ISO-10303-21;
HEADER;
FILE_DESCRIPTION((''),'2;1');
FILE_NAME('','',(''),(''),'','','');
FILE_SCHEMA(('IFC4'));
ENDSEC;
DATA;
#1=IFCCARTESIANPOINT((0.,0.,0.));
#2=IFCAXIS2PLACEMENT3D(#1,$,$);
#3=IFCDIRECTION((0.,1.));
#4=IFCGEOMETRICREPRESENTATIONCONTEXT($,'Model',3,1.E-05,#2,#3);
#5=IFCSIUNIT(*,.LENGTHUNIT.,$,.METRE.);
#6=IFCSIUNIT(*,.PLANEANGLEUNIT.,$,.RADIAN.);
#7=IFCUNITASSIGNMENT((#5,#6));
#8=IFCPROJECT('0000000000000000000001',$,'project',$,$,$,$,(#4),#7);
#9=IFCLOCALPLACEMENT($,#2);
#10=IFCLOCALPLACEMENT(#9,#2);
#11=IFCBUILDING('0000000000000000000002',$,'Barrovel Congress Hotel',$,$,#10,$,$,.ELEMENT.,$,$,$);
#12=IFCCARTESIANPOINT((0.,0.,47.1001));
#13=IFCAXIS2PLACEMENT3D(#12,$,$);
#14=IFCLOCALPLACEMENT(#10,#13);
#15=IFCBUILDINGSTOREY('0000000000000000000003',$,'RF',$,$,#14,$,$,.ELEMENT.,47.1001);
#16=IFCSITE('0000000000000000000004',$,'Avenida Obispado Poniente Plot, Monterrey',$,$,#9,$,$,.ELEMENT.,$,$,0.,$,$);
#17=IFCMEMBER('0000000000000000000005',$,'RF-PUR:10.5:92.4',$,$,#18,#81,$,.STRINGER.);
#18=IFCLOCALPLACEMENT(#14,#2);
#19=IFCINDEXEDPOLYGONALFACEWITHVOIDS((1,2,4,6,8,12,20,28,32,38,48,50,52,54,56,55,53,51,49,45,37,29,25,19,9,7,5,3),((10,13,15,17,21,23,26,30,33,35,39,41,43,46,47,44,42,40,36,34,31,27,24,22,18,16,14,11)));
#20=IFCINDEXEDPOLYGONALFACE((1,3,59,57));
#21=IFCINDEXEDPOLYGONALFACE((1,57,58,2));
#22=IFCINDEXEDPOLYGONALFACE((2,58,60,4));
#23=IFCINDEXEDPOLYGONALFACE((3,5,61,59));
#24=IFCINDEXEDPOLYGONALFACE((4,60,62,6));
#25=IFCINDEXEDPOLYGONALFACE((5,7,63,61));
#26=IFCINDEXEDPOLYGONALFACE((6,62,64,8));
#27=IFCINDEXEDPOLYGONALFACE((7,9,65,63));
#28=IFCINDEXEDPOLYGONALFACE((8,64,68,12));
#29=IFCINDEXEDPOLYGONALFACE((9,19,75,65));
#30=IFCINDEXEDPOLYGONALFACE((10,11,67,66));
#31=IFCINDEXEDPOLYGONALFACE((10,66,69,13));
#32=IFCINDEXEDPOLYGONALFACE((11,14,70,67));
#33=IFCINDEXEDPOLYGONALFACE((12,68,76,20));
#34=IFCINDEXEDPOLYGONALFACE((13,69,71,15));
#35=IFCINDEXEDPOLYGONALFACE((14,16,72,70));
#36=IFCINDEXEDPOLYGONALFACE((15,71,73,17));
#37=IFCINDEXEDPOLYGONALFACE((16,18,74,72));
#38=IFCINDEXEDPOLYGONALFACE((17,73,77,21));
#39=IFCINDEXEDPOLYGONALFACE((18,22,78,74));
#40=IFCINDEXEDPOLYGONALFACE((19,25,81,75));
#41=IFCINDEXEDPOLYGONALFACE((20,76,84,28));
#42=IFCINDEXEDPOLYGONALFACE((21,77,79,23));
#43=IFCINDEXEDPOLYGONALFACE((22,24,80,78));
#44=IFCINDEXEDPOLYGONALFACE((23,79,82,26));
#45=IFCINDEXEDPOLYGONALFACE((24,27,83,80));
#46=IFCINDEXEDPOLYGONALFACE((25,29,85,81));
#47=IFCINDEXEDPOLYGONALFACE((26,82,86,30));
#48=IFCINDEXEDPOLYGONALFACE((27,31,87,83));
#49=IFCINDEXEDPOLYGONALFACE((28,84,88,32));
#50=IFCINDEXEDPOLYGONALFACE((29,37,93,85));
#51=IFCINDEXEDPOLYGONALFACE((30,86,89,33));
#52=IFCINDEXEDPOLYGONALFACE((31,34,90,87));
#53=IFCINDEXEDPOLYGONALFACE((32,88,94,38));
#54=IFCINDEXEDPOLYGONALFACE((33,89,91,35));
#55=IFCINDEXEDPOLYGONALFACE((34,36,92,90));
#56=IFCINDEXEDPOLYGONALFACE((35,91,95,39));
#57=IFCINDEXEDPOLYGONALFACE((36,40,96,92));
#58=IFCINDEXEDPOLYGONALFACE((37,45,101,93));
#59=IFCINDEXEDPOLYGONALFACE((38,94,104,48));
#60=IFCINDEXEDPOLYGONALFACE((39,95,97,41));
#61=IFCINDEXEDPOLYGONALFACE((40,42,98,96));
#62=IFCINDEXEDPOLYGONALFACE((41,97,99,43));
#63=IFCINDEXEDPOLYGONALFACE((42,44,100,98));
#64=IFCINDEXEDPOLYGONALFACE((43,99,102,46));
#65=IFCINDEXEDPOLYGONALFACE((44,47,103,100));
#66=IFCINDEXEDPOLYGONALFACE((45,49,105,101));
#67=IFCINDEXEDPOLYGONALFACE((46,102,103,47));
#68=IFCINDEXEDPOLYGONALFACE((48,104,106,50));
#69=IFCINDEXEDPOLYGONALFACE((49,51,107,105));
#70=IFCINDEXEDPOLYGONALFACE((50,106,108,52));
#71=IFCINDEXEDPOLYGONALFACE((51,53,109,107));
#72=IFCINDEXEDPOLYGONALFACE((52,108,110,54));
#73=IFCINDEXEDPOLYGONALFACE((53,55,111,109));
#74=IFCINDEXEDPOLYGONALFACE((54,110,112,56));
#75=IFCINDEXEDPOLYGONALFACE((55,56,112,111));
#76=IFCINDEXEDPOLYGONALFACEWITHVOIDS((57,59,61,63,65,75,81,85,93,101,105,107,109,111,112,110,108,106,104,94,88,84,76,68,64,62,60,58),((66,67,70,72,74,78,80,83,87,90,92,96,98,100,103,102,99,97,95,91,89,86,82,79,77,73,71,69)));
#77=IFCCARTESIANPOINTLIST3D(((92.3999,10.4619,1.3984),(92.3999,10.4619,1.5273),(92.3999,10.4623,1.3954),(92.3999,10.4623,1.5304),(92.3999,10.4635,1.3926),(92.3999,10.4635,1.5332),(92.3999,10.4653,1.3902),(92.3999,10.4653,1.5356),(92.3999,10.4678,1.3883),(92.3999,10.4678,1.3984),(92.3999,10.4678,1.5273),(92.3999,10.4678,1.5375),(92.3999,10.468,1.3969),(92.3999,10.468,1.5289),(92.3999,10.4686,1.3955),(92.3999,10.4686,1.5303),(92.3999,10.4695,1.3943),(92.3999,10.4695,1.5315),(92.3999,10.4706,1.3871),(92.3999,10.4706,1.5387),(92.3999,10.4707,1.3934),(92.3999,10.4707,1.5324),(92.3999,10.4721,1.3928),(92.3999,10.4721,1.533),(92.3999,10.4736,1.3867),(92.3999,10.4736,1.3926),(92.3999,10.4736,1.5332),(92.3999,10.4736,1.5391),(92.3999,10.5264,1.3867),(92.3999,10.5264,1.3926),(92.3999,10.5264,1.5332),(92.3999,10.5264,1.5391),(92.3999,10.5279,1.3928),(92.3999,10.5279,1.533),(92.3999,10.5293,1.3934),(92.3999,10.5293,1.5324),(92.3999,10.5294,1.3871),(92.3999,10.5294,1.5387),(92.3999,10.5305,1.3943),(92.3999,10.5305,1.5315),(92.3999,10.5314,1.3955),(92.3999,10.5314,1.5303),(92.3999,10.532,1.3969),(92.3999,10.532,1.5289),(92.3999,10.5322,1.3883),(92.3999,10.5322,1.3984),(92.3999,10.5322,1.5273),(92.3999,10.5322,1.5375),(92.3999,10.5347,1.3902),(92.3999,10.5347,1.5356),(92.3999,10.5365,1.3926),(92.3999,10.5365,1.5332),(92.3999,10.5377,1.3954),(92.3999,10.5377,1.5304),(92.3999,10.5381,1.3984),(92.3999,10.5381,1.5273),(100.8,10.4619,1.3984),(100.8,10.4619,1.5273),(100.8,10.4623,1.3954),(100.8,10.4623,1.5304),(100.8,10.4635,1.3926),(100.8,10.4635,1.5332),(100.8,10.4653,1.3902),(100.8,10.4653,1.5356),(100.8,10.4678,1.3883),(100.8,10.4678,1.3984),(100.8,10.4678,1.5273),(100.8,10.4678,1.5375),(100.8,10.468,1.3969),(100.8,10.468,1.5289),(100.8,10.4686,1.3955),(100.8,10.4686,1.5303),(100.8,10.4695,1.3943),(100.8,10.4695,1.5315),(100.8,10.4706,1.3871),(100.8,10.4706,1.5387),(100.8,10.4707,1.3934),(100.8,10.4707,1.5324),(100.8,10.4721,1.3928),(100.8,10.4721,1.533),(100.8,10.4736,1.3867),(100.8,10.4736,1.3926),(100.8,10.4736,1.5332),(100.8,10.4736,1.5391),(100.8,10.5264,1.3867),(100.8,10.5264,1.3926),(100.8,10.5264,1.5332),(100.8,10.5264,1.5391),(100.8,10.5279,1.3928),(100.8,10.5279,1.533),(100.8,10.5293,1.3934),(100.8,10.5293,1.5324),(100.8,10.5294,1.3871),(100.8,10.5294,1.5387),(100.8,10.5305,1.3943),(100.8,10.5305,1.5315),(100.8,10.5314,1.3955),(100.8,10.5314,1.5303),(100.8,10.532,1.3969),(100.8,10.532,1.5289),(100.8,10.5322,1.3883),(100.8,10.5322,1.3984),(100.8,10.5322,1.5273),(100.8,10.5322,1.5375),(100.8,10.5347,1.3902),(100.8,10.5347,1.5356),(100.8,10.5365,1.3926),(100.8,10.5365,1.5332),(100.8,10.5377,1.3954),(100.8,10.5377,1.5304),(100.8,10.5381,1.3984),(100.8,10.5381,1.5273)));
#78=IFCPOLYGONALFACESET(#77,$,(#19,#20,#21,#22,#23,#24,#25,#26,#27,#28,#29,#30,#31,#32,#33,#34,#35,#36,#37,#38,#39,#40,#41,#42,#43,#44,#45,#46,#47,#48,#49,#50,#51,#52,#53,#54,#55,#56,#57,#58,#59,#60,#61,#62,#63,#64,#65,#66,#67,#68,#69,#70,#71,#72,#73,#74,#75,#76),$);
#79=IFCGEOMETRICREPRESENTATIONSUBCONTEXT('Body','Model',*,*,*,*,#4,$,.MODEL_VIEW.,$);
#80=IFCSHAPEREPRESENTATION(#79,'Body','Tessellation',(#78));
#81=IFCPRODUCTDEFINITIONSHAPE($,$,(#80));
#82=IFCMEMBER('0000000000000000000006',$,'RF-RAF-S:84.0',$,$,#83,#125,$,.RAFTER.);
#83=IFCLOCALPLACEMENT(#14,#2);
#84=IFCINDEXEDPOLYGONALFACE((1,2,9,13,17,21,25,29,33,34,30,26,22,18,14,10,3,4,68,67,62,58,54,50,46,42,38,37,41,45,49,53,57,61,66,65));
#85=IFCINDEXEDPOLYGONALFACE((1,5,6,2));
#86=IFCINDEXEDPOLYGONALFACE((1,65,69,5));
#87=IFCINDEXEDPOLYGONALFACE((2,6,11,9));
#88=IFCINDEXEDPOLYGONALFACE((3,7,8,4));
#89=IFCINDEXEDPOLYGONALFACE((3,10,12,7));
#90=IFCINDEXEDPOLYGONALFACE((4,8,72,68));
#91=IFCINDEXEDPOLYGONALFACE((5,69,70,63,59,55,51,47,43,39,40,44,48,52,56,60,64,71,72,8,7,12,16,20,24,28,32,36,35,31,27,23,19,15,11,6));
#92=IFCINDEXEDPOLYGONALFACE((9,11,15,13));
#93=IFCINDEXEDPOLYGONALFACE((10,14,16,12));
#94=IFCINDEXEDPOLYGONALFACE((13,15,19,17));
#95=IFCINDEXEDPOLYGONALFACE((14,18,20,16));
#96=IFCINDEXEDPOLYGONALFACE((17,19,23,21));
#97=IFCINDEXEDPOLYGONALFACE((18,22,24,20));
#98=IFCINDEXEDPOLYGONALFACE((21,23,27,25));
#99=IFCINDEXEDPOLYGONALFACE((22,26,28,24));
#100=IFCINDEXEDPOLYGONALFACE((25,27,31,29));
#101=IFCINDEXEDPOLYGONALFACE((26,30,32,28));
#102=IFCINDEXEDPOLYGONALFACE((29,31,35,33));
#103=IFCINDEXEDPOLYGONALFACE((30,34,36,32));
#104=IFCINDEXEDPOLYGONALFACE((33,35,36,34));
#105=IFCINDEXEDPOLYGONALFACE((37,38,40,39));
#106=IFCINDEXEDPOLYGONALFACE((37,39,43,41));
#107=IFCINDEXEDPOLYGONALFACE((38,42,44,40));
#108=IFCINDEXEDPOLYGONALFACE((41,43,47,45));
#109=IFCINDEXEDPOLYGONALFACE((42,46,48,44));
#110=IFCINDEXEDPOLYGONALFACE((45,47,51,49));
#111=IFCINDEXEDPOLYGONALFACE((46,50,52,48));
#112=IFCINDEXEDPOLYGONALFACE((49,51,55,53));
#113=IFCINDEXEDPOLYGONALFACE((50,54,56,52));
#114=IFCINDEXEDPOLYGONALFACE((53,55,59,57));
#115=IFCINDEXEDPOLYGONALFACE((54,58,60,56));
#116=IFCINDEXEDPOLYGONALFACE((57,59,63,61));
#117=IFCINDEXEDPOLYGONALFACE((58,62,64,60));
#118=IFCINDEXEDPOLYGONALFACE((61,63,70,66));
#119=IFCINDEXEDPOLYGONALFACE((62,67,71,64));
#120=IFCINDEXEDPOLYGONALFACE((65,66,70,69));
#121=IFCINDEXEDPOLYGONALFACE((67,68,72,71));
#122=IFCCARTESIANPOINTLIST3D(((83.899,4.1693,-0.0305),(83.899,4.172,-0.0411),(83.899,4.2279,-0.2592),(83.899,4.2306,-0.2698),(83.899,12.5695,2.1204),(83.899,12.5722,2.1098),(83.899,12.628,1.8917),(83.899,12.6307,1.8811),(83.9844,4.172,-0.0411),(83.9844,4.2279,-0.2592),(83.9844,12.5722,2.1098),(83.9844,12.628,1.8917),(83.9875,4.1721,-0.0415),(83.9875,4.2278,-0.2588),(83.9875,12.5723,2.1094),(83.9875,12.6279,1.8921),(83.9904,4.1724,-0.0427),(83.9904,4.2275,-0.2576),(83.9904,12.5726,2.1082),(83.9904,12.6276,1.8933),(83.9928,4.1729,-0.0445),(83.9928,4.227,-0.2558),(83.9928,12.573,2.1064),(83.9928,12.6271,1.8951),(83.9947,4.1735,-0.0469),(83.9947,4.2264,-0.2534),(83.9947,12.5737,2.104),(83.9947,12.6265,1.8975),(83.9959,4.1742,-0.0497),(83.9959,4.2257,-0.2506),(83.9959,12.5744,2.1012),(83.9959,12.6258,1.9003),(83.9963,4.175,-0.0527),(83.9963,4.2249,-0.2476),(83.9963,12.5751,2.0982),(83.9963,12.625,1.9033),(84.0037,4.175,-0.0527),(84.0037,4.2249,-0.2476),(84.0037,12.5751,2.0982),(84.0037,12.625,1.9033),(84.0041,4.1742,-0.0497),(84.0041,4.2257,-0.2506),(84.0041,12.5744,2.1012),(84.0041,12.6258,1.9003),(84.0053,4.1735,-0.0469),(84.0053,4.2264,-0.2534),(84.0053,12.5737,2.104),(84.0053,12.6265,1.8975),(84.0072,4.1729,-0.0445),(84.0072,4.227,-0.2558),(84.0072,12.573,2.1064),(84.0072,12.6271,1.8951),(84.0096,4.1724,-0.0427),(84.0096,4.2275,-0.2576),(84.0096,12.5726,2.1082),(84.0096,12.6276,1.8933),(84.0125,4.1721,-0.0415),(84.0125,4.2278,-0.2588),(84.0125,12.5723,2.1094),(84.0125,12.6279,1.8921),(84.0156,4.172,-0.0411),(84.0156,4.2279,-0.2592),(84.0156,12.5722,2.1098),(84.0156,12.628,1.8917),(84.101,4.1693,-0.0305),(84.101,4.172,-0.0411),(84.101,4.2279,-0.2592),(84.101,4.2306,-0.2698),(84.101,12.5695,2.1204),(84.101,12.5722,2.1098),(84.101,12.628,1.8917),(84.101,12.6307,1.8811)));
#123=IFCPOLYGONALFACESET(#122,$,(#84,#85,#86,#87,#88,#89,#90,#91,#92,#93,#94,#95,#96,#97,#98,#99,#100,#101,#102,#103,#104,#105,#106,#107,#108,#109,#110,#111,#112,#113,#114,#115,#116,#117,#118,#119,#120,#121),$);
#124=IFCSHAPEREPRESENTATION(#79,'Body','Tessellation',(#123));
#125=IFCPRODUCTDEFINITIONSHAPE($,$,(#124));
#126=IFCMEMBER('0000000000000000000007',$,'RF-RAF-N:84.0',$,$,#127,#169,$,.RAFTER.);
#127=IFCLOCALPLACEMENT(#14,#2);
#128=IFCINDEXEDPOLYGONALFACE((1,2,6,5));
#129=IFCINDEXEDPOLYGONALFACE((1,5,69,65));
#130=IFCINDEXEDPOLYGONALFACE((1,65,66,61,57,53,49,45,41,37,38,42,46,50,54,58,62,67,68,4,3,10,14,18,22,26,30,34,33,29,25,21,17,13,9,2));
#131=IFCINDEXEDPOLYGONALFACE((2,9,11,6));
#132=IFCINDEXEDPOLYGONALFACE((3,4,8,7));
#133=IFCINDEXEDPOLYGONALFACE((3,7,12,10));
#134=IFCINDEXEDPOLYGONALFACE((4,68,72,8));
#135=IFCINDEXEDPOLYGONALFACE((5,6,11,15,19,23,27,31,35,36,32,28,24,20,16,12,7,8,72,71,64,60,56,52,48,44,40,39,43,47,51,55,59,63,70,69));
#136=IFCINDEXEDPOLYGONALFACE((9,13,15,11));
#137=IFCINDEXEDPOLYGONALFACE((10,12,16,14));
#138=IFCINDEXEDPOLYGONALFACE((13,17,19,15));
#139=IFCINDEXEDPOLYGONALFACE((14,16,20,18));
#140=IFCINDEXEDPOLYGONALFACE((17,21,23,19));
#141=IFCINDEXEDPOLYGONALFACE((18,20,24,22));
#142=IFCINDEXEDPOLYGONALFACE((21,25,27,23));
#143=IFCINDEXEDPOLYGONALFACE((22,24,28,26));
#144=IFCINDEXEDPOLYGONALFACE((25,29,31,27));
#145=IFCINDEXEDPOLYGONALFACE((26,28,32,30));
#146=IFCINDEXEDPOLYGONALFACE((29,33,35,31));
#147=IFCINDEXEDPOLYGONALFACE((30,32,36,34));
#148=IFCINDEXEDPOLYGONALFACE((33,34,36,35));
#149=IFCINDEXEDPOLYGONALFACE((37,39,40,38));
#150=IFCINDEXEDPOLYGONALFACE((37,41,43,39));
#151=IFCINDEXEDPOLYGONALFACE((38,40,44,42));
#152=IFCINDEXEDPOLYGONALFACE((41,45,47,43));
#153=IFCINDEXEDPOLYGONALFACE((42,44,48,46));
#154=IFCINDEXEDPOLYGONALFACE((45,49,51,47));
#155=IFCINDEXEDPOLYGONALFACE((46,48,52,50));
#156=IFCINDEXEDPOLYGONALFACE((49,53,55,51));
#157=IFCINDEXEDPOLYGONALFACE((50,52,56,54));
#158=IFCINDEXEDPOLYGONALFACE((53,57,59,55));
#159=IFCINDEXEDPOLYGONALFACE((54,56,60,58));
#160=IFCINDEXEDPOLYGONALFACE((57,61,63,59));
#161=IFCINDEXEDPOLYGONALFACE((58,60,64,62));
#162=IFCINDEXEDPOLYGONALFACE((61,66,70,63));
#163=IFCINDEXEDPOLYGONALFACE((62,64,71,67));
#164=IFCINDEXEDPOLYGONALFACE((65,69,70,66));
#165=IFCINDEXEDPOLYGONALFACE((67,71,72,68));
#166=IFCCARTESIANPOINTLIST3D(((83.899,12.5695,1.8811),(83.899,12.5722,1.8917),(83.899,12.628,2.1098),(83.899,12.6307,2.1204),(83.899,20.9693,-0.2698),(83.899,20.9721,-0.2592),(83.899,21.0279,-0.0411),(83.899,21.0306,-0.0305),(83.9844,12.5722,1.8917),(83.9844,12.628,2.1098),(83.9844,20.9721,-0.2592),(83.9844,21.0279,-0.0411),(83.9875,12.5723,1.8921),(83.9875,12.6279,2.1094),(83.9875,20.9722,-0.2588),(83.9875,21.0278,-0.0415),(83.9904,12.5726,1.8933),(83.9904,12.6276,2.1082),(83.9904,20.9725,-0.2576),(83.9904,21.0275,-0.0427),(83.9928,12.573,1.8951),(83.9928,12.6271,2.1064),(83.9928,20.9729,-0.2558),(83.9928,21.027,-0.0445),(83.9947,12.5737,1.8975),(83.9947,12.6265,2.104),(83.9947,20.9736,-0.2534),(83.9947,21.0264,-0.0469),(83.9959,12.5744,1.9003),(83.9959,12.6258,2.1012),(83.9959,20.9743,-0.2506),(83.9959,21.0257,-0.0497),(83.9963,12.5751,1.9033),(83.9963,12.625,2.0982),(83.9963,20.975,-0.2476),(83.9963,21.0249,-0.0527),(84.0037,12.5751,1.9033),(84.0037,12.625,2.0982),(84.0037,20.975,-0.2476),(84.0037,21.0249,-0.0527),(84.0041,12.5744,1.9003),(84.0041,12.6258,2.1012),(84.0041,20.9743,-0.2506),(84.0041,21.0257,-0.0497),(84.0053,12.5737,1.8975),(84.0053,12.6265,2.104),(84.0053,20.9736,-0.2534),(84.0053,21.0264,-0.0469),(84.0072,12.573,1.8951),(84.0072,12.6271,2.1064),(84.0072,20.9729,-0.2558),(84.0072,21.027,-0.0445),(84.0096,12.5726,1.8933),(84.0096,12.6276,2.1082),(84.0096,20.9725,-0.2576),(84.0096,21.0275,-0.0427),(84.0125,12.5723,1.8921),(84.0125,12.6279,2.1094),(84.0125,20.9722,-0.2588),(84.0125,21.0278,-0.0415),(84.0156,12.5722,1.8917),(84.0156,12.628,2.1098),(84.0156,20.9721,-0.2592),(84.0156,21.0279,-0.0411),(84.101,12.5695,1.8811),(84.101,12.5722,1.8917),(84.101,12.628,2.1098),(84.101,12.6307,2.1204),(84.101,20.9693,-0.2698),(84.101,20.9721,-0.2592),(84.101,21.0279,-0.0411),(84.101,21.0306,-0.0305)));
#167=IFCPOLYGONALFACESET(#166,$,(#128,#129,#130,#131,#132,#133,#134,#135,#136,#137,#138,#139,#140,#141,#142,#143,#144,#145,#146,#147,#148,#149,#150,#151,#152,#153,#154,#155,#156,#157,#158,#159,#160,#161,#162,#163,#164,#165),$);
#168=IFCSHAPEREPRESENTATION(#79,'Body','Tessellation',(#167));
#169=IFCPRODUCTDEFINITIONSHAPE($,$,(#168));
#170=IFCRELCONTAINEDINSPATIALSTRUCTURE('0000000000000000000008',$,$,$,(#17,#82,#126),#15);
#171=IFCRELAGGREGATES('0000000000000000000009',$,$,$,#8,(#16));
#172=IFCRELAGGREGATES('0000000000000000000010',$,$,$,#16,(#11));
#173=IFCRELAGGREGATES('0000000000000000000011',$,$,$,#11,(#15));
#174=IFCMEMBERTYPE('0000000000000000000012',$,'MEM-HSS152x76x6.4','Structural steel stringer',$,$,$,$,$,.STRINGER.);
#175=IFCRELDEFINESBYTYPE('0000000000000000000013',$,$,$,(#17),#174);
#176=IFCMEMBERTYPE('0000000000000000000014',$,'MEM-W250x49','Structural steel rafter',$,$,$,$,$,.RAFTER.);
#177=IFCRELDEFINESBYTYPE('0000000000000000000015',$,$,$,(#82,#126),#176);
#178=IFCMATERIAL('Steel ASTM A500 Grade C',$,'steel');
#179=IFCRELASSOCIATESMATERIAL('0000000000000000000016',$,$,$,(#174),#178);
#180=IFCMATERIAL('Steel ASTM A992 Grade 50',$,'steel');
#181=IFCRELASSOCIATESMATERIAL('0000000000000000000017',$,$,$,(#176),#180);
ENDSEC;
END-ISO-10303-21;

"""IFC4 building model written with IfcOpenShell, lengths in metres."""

from ifc_helpers import new_model, si_unit, direction, frame, origin, origin_2d, place, context, subcontext, project, spatial, hollow_rectangle, i_section, extrude, material, material_profile, profile_set, type_object, element, save


model = new_model("IFC4")

# Units and contexts
model_context = context("Model", 3, precision=1e-05, world=origin(), true_north=direction((0.0, 1.0)))
body_context = subcontext(model_context, "Body", "Model", "MODEL_VIEW")
ifc_project = project(units=[si_unit("LENGTHUNIT", "METRE"), si_unit("PLANEANGLEUNIT", "RADIAN")], contexts=[model_context])

# Site, building, storey
site_placement = place(None, origin())
site = spatial("IfcSite", under=ifc_project, at=site_placement, Name="Avenida Obispado Poniente Plot, Monterrey", CompositionType="ELEMENT", RefElevation=0.0)
building_placement = place(site_placement, origin())
building = spatial("IfcBuilding", under=site, at=building_placement, Name="Barrovel Congress Hotel", CompositionType="ELEMENT")
storey_placement = place(building_placement, frame((0.0, 0.0, 47.1001)))
storey = spatial("IfcBuildingStorey", under=building, at=storey_placement, Name="RF", CompositionType="ELEMENT", Elevation=47.1001)

# Members
ifc_material_1 = material(Name="Steel ASTM A500 Grade C", Category="steel")
ifc_material_profile_1 = material_profile(ifc_material_1, hollow_rectangle(XDim=0.0762, YDim=0.1523, WallThickness=0.0059, InnerFilletRadius=0.0059, OuterFilletRadius=0.0117, at=origin_2d()), Name="HSS152x76x6.4")
ifc_profile_set_1 = profile_set([ifc_material_profile_1], Name="Steel ASTM A500 Grade C")
member_type_1 = type_object("IfcMemberType", Name="MEM-HSS152x76x6.4", Description="Structural steel stringer", PredefinedType="STRINGER", material=ifc_profile_set_1)
member_1_placement = place(storey_placement, frame((92.3999, 10.5, 1.4629), z_axis=(1.0, 0.0, 0.0), x_axis=(0.0, 1.0, 0.0)))
element("IfcMember", 1, at=member_1_placement, inside=storey, type_object=member_type_1, Name="RF-PUR:10.5:92.4", PredefinedType="STRINGER", context=body_context, shape_type="SweptSolid", body=[
    extrude(hollow_rectangle(XDim=0.0762, YDim=0.1523, WallThickness=0.0059, InnerFilletRadius=0.0059, OuterFilletRadius=0.0117, at=origin_2d()), origin(), (0.0, 0.0, 1.0), 8.4001),
])
ifc_material_2 = material(Name="Steel ASTM A992 Grade 50", Category="steel")
ifc_material_profile_2 = material_profile(ifc_material_2, i_section(OverallWidth=0.2019, OverallDepth=0.2471, WebThickness=0.0073, FlangeThickness=0.011, FilletRadius=0.012, at=origin_2d()), Name="W250x49")
ifc_profile_set_2 = profile_set([ifc_material_profile_2], Name="Steel ASTM A992 Grade 50")
member_type_2 = type_object("IfcMemberType", Name="MEM-W250x49", Description="Structural steel rafter", PredefinedType="RAFTER", material=ifc_profile_set_2)
member_2_placement = place(storey_placement, frame((84.0, 4.2, -0.1501), z_axis=(0.0, 0.968747, 0.24805), x_axis=(-1.0, 0.0, 0.0)))
element("IfcMember", 2, at=member_2_placement, inside=storey, type_object=member_type_2, Name="RF-RAF-S:84.0", PredefinedType="RAFTER", context=body_context, shape_type="SweptSolid", body=[
    extrude(i_section(OverallWidth=0.2019, OverallDepth=0.2471, WebThickness=0.0073, FlangeThickness=0.011, FilletRadius=0.012, at=origin_2d()), origin(), (0.0, 0.0, 1.0), 8.6711),
])
member_3_placement = place(storey_placement, frame((84.0, 12.6001, 2.0007), z_axis=(0.0, 0.968745, -0.248057), x_axis=(-1.0, 0.0, 0.0)))
element("IfcMember", 3, at=member_3_placement, inside=storey, type_object=member_type_2, Name="RF-RAF-N:84.0", PredefinedType="RAFTER", context=body_context, shape_type="SweptSolid", body=[
    extrude(i_section(OverallWidth=0.2019, OverallDepth=0.2471, WebThickness=0.0073, FlangeThickness=0.011, FilletRadius=0.012, at=origin_2d()), origin(), (0.0, 0.0, 1.0), 8.6709),
])

save(model, "model.ifc")
